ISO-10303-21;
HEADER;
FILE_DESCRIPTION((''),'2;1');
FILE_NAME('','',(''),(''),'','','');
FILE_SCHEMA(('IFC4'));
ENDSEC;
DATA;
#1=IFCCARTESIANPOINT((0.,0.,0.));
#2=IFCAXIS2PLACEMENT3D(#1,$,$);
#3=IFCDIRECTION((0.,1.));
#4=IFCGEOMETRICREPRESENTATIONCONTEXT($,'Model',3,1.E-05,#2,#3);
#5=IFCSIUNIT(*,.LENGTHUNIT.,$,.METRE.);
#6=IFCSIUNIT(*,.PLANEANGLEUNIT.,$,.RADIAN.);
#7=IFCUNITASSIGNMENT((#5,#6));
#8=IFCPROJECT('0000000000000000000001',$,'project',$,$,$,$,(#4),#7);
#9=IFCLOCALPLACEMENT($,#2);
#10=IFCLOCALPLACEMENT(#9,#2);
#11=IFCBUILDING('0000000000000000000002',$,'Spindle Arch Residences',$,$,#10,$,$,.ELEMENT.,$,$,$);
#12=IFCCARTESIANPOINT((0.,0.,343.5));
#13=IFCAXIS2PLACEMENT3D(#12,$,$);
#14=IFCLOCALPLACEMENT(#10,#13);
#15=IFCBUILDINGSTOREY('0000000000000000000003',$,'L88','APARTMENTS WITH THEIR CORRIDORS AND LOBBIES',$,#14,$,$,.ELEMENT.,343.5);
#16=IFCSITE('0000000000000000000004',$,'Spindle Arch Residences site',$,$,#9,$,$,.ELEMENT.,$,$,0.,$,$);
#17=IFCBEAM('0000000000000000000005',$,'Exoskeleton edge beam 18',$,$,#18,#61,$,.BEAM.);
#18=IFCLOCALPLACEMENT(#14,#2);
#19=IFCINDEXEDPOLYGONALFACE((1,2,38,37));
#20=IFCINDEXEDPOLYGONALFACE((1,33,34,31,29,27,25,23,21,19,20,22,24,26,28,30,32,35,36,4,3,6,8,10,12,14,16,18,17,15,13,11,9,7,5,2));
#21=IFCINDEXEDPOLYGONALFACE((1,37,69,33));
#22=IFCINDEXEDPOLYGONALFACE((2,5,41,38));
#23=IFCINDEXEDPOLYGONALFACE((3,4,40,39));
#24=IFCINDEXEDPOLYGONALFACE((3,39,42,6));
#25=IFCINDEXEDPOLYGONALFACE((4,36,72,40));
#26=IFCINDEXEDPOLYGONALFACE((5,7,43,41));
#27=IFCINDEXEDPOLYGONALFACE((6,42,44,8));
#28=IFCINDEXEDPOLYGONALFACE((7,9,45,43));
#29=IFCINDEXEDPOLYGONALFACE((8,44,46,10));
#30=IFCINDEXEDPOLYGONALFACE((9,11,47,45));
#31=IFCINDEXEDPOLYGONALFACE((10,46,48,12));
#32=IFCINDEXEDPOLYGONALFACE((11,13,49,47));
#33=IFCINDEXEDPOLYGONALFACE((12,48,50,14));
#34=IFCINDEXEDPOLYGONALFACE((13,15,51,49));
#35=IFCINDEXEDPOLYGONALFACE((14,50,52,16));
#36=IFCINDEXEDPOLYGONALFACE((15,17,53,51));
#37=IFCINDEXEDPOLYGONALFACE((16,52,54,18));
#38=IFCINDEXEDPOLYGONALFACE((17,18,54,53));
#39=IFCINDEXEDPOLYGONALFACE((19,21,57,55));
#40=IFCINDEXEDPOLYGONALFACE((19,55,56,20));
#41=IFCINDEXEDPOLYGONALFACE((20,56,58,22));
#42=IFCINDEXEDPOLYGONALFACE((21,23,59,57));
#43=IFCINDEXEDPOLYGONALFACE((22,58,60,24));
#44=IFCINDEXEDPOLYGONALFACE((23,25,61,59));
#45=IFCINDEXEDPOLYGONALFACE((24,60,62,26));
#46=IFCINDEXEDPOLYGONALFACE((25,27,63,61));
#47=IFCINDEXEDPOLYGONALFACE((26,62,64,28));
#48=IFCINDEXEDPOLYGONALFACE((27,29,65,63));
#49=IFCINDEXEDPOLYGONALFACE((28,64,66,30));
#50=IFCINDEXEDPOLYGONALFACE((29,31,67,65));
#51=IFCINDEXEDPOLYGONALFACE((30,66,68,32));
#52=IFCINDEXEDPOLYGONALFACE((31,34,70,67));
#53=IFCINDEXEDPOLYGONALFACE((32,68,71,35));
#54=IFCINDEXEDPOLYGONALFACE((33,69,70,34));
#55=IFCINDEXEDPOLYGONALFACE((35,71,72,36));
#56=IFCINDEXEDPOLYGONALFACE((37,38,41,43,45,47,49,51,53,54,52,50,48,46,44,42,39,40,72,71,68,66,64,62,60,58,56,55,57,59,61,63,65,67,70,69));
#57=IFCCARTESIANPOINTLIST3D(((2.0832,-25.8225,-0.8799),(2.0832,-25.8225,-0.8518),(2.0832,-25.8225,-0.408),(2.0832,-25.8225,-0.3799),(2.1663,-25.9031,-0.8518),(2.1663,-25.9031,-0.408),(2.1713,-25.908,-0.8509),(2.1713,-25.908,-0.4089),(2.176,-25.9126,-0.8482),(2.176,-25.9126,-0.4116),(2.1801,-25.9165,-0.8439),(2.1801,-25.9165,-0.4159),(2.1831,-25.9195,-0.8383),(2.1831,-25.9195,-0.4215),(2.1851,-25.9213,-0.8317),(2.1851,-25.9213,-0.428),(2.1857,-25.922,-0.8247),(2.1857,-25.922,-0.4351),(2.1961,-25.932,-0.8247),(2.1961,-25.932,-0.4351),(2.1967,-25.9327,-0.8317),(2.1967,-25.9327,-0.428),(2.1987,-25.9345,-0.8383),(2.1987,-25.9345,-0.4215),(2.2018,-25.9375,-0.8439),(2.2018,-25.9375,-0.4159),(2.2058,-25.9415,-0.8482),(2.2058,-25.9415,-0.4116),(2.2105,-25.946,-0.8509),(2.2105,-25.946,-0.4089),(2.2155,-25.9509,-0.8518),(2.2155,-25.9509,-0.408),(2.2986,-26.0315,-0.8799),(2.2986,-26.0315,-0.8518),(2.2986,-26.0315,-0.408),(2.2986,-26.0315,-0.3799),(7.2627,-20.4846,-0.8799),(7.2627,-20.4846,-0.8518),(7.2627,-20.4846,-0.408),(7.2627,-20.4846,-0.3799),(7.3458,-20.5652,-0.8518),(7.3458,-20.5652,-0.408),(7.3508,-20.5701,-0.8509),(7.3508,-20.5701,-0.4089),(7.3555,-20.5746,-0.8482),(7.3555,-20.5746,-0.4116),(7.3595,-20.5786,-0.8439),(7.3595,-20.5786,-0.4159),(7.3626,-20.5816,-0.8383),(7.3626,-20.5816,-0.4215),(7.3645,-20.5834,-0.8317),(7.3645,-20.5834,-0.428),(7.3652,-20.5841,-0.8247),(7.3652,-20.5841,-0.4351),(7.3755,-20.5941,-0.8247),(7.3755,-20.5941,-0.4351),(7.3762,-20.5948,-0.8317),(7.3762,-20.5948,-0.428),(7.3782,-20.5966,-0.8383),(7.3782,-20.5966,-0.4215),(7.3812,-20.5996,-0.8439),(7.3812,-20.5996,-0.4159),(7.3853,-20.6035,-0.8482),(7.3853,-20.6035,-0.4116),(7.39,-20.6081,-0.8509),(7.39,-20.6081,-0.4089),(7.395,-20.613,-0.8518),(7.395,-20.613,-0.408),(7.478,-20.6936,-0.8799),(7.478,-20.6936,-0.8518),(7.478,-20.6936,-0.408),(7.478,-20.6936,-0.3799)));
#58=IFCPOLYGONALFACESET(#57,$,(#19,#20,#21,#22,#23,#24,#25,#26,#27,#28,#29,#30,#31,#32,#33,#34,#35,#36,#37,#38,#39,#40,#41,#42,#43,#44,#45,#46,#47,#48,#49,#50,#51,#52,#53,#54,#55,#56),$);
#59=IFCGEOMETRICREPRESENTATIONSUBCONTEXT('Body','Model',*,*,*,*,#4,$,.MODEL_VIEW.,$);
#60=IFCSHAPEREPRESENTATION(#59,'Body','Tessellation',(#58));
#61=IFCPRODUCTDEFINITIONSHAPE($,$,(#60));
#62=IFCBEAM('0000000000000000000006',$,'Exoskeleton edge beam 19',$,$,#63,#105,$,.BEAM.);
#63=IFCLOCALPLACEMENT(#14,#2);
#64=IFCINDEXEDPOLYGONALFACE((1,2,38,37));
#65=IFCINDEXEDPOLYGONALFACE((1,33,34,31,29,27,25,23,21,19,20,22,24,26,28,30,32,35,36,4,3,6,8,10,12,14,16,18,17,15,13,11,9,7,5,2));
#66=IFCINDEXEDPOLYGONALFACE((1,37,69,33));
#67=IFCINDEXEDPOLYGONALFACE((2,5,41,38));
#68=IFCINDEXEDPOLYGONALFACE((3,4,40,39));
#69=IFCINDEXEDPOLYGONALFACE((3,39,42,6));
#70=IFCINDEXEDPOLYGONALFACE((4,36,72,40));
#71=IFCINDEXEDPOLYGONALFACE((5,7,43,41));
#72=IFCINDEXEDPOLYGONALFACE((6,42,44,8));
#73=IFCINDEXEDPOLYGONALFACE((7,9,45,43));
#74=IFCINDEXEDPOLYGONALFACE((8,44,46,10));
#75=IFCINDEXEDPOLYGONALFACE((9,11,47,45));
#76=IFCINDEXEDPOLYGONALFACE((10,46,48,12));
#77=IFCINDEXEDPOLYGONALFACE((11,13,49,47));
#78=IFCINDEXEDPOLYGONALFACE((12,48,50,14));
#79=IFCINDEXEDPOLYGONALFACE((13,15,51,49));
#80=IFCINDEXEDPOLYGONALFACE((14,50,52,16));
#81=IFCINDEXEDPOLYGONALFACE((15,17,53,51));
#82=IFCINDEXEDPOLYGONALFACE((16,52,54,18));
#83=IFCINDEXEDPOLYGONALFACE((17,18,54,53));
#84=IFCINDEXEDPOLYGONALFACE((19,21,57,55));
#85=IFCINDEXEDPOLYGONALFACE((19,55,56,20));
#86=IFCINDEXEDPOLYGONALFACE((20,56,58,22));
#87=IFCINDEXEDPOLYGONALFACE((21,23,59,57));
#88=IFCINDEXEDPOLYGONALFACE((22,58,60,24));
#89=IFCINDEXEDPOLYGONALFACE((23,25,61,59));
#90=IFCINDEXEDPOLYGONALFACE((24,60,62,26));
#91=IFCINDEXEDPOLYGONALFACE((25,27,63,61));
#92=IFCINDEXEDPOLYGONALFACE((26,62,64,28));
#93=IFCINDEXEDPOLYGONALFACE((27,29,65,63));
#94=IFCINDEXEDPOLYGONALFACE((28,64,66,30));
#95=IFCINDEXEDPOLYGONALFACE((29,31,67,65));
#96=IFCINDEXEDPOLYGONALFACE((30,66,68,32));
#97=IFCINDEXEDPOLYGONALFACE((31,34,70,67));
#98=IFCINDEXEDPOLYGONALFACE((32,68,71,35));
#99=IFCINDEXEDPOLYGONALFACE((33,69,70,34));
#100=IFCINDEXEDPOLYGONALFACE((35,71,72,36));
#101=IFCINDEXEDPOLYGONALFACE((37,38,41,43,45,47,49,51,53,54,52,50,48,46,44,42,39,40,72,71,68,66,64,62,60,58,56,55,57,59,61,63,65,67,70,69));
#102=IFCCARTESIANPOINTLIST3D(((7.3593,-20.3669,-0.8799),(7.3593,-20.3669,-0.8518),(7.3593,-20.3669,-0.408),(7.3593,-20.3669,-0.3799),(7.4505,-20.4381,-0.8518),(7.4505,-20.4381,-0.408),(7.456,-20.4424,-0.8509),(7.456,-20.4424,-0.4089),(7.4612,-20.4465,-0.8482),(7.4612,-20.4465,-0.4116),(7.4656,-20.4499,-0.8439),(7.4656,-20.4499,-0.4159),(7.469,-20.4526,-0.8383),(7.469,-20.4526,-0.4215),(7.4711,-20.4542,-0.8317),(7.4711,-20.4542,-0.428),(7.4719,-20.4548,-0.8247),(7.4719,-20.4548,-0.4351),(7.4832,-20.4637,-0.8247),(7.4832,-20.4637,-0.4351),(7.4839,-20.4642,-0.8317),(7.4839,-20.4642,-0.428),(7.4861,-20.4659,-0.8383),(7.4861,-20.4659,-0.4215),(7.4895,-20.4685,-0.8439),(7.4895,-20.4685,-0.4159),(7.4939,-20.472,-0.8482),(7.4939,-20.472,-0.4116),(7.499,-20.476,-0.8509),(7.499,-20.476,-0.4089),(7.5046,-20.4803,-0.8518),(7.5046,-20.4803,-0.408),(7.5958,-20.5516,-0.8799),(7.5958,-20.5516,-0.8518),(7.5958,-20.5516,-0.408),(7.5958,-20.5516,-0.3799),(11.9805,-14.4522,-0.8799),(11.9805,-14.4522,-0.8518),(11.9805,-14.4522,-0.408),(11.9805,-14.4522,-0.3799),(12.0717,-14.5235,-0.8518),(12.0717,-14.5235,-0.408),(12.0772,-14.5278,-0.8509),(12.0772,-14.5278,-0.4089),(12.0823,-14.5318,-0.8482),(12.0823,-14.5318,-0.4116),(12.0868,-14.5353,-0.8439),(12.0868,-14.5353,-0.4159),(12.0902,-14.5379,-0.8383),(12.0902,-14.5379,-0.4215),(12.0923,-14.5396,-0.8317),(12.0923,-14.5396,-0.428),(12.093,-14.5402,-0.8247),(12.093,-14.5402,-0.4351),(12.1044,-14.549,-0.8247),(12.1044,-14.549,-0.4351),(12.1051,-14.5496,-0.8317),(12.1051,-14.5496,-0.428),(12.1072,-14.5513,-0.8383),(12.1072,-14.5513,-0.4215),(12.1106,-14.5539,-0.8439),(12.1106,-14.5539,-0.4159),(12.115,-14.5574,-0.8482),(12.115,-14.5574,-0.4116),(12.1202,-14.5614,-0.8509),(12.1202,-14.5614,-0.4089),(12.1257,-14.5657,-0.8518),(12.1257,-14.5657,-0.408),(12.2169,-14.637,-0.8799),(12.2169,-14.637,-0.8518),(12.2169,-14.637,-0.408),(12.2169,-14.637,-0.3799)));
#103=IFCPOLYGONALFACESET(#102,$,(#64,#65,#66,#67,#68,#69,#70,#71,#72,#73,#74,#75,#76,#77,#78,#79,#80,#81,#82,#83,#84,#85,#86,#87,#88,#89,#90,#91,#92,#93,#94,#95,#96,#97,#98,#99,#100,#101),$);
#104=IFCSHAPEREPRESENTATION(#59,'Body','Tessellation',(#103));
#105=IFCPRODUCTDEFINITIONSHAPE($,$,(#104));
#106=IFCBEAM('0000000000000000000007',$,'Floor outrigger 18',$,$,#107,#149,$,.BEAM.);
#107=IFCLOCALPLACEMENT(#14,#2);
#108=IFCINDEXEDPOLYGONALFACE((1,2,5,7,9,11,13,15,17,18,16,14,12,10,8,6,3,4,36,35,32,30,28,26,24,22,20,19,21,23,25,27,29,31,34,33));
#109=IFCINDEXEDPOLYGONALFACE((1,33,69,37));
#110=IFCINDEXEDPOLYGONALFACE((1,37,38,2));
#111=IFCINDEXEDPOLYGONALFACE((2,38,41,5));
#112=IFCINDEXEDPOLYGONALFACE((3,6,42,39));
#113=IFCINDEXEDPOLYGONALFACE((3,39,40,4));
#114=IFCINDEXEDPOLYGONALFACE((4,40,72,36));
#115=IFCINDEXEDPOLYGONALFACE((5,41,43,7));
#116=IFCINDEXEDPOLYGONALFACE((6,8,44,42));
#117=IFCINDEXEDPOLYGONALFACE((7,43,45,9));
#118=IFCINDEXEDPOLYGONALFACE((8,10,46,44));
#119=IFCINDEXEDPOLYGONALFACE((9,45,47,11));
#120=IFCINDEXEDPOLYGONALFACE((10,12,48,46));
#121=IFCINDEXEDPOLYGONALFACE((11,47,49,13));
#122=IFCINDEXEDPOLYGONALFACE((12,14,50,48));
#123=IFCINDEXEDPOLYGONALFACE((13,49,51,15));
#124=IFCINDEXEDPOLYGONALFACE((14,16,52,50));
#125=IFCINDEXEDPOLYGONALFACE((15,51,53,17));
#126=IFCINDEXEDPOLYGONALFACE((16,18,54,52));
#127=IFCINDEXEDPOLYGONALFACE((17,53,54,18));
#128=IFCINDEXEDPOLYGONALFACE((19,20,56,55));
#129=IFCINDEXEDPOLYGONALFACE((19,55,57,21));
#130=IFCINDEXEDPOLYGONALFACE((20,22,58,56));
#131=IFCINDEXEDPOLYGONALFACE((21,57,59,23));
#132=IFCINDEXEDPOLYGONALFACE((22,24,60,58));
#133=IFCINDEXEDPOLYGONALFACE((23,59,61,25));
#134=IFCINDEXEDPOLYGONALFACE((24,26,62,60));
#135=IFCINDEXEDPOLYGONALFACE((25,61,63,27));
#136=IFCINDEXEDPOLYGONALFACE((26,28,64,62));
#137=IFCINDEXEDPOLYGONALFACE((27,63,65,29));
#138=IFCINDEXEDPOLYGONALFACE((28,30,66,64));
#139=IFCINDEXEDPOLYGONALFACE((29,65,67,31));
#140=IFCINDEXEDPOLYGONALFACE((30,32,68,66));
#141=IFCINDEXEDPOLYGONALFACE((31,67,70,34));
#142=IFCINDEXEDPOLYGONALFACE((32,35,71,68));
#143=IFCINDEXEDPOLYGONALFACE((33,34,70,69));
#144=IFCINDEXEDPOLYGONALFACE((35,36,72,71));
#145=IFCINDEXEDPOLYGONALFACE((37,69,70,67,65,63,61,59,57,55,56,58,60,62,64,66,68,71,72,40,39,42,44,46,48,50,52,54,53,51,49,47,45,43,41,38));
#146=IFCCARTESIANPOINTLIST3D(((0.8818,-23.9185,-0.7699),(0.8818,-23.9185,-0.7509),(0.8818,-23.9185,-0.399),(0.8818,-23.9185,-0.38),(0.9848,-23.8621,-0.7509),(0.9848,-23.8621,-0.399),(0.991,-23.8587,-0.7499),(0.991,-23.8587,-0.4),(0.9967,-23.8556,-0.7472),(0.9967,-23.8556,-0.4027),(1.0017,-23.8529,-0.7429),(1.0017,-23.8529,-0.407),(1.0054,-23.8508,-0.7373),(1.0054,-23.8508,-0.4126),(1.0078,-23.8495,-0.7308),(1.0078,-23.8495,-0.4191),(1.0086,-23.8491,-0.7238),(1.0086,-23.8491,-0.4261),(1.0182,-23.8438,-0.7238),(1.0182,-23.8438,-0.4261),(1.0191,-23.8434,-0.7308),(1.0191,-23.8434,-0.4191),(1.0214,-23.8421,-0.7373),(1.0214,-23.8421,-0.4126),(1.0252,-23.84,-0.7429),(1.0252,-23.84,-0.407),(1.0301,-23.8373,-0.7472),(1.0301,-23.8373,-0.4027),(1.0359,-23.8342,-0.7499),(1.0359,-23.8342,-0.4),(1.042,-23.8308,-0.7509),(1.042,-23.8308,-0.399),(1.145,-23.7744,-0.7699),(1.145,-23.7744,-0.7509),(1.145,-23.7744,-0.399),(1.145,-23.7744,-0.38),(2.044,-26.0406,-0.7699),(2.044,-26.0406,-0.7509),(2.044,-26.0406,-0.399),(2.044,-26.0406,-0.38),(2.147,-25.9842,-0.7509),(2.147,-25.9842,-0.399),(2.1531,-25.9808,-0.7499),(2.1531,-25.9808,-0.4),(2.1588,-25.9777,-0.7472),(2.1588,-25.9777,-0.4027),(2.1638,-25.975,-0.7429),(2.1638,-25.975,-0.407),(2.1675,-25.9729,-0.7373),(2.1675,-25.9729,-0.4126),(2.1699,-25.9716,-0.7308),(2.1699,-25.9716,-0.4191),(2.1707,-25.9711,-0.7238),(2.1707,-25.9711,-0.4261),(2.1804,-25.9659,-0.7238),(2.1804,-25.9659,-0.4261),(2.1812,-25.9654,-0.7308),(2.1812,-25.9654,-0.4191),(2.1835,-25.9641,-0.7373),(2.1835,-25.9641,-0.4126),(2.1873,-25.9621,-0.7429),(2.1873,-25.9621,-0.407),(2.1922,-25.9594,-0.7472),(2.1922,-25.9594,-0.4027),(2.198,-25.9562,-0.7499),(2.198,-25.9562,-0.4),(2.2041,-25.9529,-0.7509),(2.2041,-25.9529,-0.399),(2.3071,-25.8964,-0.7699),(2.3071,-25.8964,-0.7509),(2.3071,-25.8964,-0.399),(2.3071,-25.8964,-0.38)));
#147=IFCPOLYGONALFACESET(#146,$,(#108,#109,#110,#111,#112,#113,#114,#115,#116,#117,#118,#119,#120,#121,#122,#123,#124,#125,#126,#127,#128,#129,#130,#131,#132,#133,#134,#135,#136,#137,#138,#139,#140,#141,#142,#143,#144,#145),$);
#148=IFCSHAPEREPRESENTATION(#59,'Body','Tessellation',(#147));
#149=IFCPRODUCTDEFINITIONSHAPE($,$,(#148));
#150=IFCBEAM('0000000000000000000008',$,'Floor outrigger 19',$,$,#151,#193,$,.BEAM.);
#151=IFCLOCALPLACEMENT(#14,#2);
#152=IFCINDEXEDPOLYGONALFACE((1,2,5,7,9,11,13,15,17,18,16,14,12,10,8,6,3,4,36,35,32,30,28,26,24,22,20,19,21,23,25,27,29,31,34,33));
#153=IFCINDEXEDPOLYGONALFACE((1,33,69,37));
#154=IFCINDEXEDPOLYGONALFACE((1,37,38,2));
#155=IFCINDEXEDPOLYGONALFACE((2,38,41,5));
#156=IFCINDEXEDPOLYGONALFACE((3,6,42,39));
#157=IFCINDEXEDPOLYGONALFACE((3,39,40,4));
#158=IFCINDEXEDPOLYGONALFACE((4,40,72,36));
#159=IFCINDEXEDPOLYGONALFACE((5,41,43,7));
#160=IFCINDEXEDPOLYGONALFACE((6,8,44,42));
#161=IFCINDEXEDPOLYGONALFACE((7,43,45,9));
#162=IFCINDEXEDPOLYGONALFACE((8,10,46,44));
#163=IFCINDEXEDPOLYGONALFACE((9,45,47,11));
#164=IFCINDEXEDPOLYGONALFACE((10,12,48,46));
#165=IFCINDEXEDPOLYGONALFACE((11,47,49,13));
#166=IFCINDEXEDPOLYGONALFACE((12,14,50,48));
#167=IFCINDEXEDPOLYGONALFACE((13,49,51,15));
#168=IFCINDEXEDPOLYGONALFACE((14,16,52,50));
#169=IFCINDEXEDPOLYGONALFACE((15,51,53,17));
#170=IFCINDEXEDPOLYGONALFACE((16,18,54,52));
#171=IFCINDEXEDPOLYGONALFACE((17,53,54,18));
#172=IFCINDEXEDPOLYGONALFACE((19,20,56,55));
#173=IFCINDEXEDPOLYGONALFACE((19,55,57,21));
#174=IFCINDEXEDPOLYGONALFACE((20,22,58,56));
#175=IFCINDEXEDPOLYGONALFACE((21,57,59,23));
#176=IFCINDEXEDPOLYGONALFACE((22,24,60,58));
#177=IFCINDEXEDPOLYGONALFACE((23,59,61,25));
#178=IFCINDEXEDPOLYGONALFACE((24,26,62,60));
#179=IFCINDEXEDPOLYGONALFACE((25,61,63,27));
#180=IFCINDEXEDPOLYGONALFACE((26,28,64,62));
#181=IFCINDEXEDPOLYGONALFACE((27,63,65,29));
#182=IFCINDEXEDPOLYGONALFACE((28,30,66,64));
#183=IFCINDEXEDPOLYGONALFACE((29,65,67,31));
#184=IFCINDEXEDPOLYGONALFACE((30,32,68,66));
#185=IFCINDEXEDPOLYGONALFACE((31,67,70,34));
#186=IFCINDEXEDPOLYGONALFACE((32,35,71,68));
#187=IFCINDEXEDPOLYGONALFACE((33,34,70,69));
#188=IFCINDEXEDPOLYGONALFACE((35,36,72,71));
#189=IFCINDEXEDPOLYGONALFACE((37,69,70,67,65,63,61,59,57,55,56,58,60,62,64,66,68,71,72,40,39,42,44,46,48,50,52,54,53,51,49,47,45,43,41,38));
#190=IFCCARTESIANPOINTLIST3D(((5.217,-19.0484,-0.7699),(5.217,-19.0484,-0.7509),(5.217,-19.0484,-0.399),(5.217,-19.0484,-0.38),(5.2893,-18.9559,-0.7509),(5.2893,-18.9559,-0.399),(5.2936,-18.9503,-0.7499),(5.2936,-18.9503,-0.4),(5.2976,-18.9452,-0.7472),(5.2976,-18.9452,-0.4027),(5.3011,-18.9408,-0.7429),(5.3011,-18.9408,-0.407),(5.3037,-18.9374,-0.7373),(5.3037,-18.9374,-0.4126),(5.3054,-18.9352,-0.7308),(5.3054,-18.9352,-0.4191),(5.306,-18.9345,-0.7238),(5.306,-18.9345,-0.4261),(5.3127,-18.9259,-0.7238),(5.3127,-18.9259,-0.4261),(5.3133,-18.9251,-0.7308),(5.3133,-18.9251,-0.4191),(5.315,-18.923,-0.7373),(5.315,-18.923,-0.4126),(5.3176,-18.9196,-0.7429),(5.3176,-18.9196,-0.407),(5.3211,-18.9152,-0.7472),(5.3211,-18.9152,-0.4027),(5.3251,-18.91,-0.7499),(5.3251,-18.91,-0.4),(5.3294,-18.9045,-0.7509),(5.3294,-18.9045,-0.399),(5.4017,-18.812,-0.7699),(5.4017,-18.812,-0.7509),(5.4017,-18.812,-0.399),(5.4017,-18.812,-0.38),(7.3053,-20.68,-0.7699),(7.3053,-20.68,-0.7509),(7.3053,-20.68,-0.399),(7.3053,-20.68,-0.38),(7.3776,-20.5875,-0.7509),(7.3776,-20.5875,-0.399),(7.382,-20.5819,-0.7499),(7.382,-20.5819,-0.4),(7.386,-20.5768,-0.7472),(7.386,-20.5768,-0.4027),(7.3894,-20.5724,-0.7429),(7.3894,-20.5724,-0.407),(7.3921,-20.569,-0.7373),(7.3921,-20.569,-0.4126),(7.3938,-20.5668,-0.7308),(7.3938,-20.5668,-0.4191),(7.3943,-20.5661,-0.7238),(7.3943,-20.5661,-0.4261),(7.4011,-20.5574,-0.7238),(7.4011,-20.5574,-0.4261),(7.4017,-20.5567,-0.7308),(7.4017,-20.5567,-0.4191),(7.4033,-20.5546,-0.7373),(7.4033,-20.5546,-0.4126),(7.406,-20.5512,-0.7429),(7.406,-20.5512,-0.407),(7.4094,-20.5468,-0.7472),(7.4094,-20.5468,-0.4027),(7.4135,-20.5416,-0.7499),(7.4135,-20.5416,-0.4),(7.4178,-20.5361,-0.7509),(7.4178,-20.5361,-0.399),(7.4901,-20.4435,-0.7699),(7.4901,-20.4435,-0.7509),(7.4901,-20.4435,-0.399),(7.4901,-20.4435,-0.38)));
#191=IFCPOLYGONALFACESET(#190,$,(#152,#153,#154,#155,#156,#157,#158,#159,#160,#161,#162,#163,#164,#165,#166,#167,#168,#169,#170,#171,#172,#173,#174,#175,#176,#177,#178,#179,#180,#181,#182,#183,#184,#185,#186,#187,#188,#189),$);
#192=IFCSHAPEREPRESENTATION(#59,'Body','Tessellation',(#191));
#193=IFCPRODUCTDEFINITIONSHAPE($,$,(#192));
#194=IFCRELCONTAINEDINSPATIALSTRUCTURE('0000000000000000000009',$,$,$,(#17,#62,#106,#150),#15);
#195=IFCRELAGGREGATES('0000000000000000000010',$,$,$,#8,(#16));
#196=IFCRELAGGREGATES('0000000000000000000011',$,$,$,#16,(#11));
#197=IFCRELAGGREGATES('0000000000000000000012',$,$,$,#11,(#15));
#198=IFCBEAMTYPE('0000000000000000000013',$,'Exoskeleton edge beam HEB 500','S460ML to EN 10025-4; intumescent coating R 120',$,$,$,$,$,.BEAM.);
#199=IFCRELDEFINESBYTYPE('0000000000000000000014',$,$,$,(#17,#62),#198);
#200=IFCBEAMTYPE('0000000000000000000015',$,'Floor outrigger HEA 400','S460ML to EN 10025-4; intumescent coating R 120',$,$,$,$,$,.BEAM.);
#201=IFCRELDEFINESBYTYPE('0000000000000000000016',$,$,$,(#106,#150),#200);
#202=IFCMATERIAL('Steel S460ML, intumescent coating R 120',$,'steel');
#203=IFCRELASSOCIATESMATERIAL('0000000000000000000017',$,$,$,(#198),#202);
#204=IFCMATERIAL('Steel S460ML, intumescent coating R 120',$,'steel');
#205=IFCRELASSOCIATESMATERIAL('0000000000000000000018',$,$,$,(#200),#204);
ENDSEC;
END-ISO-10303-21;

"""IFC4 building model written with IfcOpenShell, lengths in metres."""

from ifc_helpers import new_model, si_unit, direction, frame, origin, origin_2d, place, context, subcontext, project, spatial, i_section, extrude, material, material_profile, profile_set, type_object, element, save


model = new_model("IFC4")

# Units and contexts
model_context = context("Model", 3, precision=1e-05, world=origin(), true_north=direction((0.0, 1.0)))
body_context = subcontext(model_context, "Body", "Model", "MODEL_VIEW")
ifc_project = project(units=[si_unit("LENGTHUNIT", "METRE"), si_unit("PLANEANGLEUNIT", "RADIAN")], contexts=[model_context])

# Site, building, storey
site_placement = place(None, origin())
site = spatial("IfcSite", under=ifc_project, at=site_placement, Name="Spindle Arch Residences site", CompositionType="ELEMENT", RefElevation=0.0)
building_placement = place(site_placement, origin())
building = spatial("IfcBuilding", under=site, at=building_placement, Name="Spindle Arch Residences", CompositionType="ELEMENT")
storey_placement = place(building_placement, frame((0.0, 0.0, 343.5)))
storey = spatial("IfcBuildingStorey", under=building, at=storey_placement, Name="L88", Description="APARTMENTS WITH THEIR CORRIDORS AND LOBBIES", CompositionType="ELEMENT", Elevation=343.5)

# Beams
ifc_material_1 = material(Name="Steel S460ML, intumescent coating R 120", Category="steel")
ifc_material_profile_1 = material_profile(ifc_material_1, i_section(OverallWidth=0.3, OverallDepth=0.5, WebThickness=0.0144, FlangeThickness=0.0281, FilletRadius=0.0271, at=origin_2d()), Name="HEB 500")
ifc_profile_set_1 = profile_set([ifc_material_profile_1], Name="Steel S460ML, intumescent coating R 120")
beam_type_1 = type_object("IfcBeamType", Name="Exoskeleton edge beam HEB 500", Description="S460ML to EN 10025-4; intumescent coating R 120", PredefinedType="BEAM", material=ifc_profile_set_1)
beam_1_placement = place(storey_placement, frame((2.1909, -25.927, -0.6299), z_axis=(0.696375, 0.717678, 0.0), x_axis=(-0.717678, 0.696375, 0.0)))
element("IfcBeam", 1, at=beam_1_placement, inside=storey, type_object=beam_type_1, Name="Exoskeleton edge beam 18", PredefinedType="BEAM", context=body_context, shape_type="SweptSolid", body=[
    extrude(i_section(OverallWidth=0.3, OverallDepth=0.5, WebThickness=0.0144, FlangeThickness=0.0281, FilletRadius=0.0271, at=origin_2d()), origin(), (0.0, 0.0, 1.0), 7.4377),
])
beam_2_placement = place(storey_placement, frame((7.4775, -20.4592, -0.6299), z_axis=(0.615673, 0.788002, 0.0), x_axis=(-0.788002, 0.615673, 0.0)))
element("IfcBeam", 2, at=beam_2_placement, inside=storey, type_object=beam_type_1, Name="Exoskeleton edge beam 19", PredefinedType="BEAM", context=body_context, shape_type="SweptSolid", body=[
    extrude(i_section(OverallWidth=0.3, OverallDepth=0.5, WebThickness=0.0144, FlangeThickness=0.0281, FilletRadius=0.0271, at=origin_2d()), origin(), (0.0, 0.0, 1.0), 7.5059),
])
ifc_material_2 = material(Name="Steel S460ML, intumescent coating R 120", Category="steel")
ifc_material_profile_2 = material_profile(ifc_material_2, i_section(OverallWidth=0.3, OverallDepth=0.3899, WebThickness=0.011, FlangeThickness=0.019, FilletRadius=0.0271, at=origin_2d()), Name="HEA 400")
ifc_profile_set_2 = profile_set([ifc_material_profile_2], Name="Steel S460ML, intumescent coating R 120")
beam_type_2 = type_object("IfcBeamType", Name="Floor outrigger HEA 400", Description="S460ML to EN 10025-4; intumescent coating R 120", PredefinedType="BEAM", material=ifc_profile_set_2)
beam_3_placement = place(storey_placement, frame((2.1755, -25.9685, -0.575), z_axis=(-0.480322, 0.877092, 0.0), x_axis=(-0.877092, -0.480322, 0.0)))
element("IfcBeam", 3, at=beam_3_placement, inside=storey, type_object=beam_type_2, Name="Floor outrigger 18", PredefinedType="BEAM", context=body_context, shape_type="SweptSolid", body=[
    extrude(i_section(OverallWidth=0.3, OverallDepth=0.3899, WebThickness=0.011, FlangeThickness=0.019, FilletRadius=0.0271, at=origin_2d()), origin(), (0.0, 0.0, 1.0), 2.4194),
])
beam_4_placement = place(storey_placement, frame((7.3977, -20.5618, -0.575), z_axis=(-0.788016, 0.615655, 0.0), x_axis=(-0.615655, -0.788016, 0.0)))
element("IfcBeam", 4, at=beam_4_placement, inside=storey, type_object=beam_type_2, Name="Floor outrigger 19", PredefinedType="BEAM", context=body_context, shape_type="SweptSolid", body=[
    extrude(i_section(OverallWidth=0.3, OverallDepth=0.3899, WebThickness=0.011, FlangeThickness=0.019, FilletRadius=0.0271, at=origin_2d()), origin(), (0.0, 0.0, 1.0), 2.6501),
])

save(model, "model.ifc")
